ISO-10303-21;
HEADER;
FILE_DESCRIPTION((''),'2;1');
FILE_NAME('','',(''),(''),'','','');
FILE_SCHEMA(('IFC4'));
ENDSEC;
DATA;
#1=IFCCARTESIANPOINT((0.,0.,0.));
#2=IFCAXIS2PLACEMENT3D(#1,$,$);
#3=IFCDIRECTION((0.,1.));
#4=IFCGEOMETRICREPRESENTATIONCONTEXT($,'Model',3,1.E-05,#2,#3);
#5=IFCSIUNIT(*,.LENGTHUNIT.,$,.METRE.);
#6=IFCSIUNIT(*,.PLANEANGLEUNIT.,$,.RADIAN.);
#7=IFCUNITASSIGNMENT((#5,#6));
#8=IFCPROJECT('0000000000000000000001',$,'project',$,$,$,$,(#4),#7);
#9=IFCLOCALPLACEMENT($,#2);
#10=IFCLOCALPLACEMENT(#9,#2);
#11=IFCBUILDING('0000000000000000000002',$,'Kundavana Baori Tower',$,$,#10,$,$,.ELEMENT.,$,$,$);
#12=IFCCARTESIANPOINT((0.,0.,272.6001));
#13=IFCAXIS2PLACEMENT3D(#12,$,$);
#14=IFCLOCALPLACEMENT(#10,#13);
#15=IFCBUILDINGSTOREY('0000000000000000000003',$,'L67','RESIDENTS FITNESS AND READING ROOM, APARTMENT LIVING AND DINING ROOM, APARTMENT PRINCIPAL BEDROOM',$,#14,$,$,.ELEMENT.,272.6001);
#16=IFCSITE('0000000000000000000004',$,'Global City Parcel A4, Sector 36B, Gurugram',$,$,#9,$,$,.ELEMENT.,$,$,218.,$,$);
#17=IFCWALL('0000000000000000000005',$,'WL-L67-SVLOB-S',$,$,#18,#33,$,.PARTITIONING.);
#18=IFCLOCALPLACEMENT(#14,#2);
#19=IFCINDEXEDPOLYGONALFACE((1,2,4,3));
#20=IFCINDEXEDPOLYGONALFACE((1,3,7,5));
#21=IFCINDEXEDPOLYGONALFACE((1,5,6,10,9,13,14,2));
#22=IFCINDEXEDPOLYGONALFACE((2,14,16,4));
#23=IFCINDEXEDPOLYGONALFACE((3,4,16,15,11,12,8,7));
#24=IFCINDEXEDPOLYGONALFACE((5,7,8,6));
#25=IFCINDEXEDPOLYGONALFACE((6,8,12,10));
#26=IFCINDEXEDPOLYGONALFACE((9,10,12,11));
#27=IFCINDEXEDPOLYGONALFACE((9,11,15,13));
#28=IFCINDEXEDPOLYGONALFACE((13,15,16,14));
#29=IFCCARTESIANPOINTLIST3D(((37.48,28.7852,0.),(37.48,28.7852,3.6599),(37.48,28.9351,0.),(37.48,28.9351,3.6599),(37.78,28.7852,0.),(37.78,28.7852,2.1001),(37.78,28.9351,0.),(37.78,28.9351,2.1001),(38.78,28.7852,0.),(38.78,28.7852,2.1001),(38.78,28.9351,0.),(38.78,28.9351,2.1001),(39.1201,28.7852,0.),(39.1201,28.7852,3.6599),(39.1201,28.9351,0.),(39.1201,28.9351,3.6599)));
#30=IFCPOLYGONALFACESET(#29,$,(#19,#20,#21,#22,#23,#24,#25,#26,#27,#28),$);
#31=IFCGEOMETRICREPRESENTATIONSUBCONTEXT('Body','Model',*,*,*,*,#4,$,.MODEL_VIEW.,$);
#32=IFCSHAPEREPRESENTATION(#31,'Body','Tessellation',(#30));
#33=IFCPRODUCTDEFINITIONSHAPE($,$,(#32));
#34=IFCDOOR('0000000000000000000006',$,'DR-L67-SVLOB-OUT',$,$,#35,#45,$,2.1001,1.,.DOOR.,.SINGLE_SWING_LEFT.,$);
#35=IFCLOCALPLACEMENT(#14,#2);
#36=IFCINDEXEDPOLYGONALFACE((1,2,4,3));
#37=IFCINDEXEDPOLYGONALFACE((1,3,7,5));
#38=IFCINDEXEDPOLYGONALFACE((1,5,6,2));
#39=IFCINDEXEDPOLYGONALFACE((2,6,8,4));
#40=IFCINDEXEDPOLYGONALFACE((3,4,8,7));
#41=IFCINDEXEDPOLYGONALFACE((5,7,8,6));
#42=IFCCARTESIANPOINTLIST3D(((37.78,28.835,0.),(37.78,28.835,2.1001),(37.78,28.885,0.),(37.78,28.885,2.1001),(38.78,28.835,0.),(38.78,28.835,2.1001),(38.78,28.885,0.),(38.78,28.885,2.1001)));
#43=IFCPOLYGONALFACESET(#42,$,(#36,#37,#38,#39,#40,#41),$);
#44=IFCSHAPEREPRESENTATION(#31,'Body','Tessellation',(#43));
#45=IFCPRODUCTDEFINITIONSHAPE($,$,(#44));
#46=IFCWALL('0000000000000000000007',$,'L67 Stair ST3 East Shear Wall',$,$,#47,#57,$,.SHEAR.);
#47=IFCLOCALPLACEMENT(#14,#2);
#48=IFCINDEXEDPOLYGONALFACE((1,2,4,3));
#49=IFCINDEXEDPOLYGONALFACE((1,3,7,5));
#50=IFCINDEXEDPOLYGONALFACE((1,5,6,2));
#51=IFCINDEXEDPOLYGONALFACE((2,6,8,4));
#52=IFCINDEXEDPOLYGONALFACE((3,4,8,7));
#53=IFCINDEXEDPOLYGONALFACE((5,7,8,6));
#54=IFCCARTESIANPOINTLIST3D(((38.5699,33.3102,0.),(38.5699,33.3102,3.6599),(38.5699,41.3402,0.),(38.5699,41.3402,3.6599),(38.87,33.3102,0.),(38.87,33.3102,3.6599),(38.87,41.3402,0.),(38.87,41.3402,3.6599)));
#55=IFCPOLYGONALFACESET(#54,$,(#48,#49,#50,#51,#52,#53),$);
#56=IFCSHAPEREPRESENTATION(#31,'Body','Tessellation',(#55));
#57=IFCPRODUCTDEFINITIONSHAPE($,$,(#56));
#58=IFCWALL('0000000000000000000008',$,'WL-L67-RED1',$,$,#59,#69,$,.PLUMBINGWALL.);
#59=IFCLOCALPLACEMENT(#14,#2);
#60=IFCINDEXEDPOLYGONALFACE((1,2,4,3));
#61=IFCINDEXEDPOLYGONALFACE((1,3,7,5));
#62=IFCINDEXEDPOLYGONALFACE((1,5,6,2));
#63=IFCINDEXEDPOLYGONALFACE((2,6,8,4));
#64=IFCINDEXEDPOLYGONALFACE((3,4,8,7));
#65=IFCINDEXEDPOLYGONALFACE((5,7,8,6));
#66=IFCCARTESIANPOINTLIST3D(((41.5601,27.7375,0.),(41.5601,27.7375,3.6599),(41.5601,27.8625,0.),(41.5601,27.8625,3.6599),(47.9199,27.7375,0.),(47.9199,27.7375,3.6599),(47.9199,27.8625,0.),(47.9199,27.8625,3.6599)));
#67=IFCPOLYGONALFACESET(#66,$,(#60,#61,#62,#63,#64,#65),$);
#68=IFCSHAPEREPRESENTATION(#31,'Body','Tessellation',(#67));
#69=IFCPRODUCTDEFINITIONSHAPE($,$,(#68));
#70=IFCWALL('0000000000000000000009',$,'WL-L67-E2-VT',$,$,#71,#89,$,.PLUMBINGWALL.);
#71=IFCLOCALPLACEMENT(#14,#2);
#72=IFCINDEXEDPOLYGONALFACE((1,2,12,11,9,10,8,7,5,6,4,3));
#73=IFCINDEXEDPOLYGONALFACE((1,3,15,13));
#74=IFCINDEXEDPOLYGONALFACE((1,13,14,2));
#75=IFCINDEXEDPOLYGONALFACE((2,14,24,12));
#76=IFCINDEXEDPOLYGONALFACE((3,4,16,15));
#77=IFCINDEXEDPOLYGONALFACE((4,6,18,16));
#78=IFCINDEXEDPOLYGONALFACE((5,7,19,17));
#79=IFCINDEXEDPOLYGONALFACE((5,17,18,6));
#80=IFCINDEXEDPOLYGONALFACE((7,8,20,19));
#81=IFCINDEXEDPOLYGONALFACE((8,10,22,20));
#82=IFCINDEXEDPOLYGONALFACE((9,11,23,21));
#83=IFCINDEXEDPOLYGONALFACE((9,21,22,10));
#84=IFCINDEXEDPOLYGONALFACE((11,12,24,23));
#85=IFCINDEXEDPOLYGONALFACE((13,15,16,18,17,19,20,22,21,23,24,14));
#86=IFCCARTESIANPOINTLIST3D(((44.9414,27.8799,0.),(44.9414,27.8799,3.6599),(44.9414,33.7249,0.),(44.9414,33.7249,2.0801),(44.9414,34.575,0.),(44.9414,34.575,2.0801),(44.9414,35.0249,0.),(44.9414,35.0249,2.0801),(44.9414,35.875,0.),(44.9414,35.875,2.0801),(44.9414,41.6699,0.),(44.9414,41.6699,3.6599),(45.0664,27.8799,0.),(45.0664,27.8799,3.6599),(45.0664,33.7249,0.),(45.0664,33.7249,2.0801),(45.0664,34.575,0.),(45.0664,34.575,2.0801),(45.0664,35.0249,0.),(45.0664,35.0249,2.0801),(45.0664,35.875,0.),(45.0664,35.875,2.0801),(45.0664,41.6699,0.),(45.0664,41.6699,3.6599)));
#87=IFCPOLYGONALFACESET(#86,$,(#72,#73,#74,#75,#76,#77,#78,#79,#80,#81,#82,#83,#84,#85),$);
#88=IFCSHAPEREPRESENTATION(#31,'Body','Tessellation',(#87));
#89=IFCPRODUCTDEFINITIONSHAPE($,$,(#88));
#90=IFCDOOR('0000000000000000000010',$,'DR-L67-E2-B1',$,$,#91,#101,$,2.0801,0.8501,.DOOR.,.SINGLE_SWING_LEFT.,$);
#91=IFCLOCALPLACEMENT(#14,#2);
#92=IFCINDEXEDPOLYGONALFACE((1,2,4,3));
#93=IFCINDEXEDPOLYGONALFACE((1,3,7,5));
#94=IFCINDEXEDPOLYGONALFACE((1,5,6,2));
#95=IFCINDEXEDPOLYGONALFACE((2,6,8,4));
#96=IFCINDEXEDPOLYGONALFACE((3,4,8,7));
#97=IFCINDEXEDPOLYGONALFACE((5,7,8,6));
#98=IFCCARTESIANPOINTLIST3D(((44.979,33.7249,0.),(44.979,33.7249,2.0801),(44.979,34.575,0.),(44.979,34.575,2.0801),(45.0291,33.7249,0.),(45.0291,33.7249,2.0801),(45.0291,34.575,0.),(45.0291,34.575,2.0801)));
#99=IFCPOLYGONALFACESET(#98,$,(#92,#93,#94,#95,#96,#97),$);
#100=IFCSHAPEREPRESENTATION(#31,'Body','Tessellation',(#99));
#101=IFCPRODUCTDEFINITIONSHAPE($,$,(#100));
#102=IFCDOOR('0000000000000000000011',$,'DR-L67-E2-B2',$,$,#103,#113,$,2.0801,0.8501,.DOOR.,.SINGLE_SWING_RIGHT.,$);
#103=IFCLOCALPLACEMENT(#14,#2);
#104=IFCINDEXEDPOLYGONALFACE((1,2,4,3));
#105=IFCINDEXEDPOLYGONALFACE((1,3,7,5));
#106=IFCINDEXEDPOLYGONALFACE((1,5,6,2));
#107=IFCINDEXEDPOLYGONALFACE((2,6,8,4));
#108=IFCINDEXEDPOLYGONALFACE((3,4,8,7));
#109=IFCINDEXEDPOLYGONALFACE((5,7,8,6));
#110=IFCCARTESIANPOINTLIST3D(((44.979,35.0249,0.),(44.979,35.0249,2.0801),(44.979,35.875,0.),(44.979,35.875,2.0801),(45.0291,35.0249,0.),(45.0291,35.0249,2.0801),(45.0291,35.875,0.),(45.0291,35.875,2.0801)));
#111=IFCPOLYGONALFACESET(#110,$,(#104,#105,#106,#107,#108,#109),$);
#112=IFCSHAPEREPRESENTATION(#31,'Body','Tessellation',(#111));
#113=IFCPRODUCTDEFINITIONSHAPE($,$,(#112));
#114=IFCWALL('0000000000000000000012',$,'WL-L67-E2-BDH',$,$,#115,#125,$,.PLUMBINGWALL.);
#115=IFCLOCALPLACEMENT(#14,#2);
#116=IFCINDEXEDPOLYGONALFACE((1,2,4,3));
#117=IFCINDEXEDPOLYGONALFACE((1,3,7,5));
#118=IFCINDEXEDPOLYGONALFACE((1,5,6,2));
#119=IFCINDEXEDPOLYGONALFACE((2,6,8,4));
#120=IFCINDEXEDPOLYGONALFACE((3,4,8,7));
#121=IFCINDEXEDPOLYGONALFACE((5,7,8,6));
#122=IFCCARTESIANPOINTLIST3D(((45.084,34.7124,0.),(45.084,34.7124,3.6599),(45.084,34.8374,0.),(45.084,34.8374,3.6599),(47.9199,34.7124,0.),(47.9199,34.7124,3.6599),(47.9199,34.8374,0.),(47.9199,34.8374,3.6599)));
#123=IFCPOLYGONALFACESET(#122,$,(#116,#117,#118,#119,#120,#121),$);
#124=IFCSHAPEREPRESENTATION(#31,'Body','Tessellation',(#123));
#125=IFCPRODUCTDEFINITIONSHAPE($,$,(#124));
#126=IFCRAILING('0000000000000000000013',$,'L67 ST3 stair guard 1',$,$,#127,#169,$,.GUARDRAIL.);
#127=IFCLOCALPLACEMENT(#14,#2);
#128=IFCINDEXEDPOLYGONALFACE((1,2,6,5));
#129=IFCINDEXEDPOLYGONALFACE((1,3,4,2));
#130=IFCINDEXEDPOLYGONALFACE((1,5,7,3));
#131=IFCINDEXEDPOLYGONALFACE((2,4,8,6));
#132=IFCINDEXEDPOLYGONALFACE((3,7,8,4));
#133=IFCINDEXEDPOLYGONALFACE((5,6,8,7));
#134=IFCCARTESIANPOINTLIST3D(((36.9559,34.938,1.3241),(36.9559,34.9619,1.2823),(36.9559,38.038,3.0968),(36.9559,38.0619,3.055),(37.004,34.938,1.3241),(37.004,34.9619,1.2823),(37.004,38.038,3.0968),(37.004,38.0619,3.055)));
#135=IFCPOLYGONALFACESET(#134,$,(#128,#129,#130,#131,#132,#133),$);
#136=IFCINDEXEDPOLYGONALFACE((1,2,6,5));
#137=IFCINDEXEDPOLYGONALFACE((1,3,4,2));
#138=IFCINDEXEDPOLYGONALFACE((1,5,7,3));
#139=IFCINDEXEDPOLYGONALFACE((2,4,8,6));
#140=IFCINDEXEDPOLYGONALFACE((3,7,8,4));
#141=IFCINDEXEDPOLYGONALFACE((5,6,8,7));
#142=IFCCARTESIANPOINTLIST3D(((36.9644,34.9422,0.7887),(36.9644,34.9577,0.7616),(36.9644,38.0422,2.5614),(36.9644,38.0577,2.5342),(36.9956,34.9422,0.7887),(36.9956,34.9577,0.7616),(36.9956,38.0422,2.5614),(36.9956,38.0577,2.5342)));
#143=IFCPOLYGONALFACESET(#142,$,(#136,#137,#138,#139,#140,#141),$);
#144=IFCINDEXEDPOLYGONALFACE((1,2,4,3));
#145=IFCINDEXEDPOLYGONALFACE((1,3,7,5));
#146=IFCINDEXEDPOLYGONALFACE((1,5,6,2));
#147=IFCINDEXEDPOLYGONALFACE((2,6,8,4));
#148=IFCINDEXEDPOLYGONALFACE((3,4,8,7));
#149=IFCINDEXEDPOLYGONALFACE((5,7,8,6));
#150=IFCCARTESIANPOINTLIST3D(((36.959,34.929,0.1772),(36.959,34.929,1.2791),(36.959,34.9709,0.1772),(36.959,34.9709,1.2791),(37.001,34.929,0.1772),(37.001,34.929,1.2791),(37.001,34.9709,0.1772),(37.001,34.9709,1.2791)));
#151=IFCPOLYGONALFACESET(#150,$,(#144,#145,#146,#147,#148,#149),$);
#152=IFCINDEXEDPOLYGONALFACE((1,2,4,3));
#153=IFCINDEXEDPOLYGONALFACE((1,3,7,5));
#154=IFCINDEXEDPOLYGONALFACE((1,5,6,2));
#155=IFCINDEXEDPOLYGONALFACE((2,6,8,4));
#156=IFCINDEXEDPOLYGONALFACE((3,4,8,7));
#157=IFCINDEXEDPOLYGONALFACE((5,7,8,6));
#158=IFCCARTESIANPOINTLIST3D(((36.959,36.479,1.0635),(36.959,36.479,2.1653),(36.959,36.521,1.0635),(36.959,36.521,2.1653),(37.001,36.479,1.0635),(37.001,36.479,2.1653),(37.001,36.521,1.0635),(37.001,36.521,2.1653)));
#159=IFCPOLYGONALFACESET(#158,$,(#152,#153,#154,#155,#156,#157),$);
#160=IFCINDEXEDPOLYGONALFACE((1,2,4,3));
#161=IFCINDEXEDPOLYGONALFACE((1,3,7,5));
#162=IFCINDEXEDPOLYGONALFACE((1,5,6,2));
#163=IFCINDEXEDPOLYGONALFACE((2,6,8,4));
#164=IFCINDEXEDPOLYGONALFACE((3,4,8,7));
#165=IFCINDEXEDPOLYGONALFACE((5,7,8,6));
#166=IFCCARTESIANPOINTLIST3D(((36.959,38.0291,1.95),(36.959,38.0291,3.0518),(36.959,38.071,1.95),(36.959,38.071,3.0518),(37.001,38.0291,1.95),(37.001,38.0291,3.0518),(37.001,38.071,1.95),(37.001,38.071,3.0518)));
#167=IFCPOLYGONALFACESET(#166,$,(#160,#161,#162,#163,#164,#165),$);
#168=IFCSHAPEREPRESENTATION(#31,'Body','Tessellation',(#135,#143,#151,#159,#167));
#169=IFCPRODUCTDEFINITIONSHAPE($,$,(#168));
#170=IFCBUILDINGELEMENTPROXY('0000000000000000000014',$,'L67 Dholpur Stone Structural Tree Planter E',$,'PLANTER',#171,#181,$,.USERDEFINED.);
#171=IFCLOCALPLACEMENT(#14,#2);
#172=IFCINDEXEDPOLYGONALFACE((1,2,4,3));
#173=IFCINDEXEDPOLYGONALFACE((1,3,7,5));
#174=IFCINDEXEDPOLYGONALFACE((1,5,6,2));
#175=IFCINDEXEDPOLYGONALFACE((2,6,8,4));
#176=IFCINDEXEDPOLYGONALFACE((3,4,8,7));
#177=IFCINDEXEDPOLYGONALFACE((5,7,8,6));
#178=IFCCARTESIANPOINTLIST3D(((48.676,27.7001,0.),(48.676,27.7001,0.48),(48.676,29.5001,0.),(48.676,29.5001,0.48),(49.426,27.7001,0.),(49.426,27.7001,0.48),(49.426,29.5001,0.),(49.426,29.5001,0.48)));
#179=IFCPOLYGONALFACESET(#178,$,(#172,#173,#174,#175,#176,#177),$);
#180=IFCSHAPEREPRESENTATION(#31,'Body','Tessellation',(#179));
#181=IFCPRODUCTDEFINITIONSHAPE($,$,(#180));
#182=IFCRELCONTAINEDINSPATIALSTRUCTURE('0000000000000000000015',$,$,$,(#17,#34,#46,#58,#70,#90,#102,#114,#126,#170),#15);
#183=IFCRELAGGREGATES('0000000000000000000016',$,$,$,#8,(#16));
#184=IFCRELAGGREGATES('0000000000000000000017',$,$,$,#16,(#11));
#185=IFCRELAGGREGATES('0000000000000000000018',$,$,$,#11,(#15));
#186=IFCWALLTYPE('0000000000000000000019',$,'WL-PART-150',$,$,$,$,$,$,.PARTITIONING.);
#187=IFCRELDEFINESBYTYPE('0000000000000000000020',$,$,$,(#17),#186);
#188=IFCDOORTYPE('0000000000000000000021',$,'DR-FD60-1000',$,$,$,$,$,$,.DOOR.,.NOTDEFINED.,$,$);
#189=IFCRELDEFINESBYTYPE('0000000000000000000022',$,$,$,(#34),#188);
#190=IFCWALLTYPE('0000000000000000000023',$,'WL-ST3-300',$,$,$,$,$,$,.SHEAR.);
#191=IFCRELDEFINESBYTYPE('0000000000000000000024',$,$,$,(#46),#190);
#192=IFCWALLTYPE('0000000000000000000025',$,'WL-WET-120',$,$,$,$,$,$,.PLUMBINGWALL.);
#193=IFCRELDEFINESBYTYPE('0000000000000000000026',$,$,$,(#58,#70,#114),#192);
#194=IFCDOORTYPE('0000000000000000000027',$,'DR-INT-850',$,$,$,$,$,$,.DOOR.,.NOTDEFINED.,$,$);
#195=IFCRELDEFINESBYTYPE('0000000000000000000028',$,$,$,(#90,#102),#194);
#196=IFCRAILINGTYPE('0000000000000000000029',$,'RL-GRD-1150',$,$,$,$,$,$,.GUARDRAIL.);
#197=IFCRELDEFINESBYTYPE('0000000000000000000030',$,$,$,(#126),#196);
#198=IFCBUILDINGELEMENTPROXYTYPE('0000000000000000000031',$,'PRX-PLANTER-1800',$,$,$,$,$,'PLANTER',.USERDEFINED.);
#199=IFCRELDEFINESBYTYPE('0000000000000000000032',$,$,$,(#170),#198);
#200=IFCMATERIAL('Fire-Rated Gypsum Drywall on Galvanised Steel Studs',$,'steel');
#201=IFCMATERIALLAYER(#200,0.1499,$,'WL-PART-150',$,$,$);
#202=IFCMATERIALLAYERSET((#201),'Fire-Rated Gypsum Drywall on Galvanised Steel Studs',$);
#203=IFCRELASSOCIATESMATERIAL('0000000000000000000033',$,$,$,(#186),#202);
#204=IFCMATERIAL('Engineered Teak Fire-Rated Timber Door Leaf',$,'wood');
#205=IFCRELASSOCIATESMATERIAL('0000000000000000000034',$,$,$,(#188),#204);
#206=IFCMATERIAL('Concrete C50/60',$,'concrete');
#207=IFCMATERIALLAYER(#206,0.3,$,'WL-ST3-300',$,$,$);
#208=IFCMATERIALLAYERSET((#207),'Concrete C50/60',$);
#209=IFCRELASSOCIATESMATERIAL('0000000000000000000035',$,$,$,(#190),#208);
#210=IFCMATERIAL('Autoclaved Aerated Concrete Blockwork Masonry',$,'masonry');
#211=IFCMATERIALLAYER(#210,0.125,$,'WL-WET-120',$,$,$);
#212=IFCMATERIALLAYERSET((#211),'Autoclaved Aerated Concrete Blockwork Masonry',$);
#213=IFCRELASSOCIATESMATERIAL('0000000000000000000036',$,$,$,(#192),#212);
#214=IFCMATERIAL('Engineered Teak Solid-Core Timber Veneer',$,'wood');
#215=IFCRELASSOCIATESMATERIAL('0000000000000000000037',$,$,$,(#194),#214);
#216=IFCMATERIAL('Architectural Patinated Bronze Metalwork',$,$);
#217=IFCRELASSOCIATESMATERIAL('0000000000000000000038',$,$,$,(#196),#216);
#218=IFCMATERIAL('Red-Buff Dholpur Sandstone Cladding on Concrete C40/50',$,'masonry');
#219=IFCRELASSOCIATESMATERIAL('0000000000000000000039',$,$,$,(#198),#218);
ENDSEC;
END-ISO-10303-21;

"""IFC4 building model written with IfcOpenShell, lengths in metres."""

from ifc_helpers import new_model, si_unit, direction, frame, frame_2d, origin, origin_2d, place, context, subcontext, project, spatial, rectangle, extrude, material, layer, layer_set, type_object, element, fill, save


model = new_model("IFC4")

# Units and contexts
model_context = context("Model", 3, precision=1e-05, world=origin(), true_north=direction((0.0, 1.0)))
body_context = subcontext(model_context, "Body", "Model", "MODEL_VIEW")
ifc_project = project(units=[si_unit("LENGTHUNIT", "METRE"), si_unit("PLANEANGLEUNIT", "RADIAN")], contexts=[model_context])

# Site, building, storey
site_placement = place(None, origin())
site = spatial("IfcSite", under=ifc_project, at=site_placement, Name="Global City Parcel A4, Sector 36B, Gurugram", CompositionType="ELEMENT", RefElevation=218.0)
building_placement = place(site_placement, origin())
building = spatial("IfcBuilding", under=site, at=building_placement, Name="Kundavana Baori Tower", CompositionType="ELEMENT")
storey_placement = place(building_placement, frame((0.0, 0.0, 272.6001)))
storey = spatial("IfcBuildingStorey", under=building, at=storey_placement, Name="L67", Description="RESIDENTS FITNESS AND READING ROOM, APARTMENT LIVING AND DINING ROOM, APARTMENT PRINCIPAL BEDROOM", CompositionType="ELEMENT", Elevation=272.6001)

# Shared definitions
ifc_material_1 = material(Name="Fire-Rated Gypsum Drywall on Galvanised Steel Studs", Category="steel")
ifc_layer_1 = layer(ifc_material_1, 0.1499, Name="WL-PART-150")
ifc_layer_set_1 = layer_set([ifc_layer_1], Name="Fire-Rated Gypsum Drywall on Galvanised Steel Studs")
wall_type_1 = type_object("IfcWallType", Name="WL-PART-150", PredefinedType="PARTITIONING", material=ifc_layer_set_1)

# Wall, opening, door
wall_1_placement = place(storey_placement, frame((37.48, 28.8601, 0.0), z_axis=(0.0, 0.0, 1.0), x_axis=(1.0, 0.0, 0.0)))
wall_1 = element("IfcWall", 1, at=wall_1_placement, inside=storey, type_object=wall_type_1, Name="WL-L67-SVLOB-S", PredefinedType="PARTITIONING", context=body_context, shape_type="SweptSolid", body=[
    extrude(rectangle(XDim=1.6401, YDim=0.1499, at=frame_2d((0.8201, 0.0))), origin(), (0.0, 0.0, 1.0), 3.6599),
])
opening_1_placement = place(wall_1_placement, frame((0.3, 0.0, 0.0)))
opening_1 = element("IfcOpeningElement", 2, at=opening_1_placement, cuts=wall_1, PredefinedType="OPENING", context=body_context, shape_type="SweptSolid", body=[
    extrude(rectangle(XDim=1.0, YDim=2.1001, at=frame_2d((0.5, 1.05))), frame((0.0, 0.085, 0.0), z_axis=(0.0, -1.0, 0.0), x_axis=(1.0, 0.0, 0.0)), (0.0, 0.0, 1.0), 0.1699),
])
ifc_material_2 = material(Name="Engineered Teak Fire-Rated Timber Door Leaf", Category="wood")
door_type_1 = type_object("IfcDoorType", Name="DR-FD60-1000", OperationType="NOTDEFINED", PredefinedType="DOOR", material=ifc_material_2)
door_1_placement = place(opening_1_placement, origin())
door_1 = element("IfcDoor", 3, at=door_1_placement, inside=storey, type_object=door_type_1, Name="DR-L67-SVLOB-OUT", OperationType="SINGLE_SWING_LEFT", OverallHeight=2.1001, OverallWidth=1.0, PredefinedType="DOOR", context=body_context, shape_type="SweptSolid", body=[
    extrude(rectangle(XDim=1.0, YDim=2.1001, at=frame_2d((0.5, 1.05))), frame((0.0, 0.0249, 0.0), z_axis=(0.0, -1.0, 0.0), x_axis=(1.0, 0.0, 0.0)), (0.0, 0.0, 1.0), 0.05),
])
fill(opening_1, door_1)

# Walls
ifc_material_3 = material(Name="Concrete C50/60", Category="concrete")
ifc_layer_2 = layer(ifc_material_3, 0.3, Name="WL-ST3-300")
ifc_layer_set_2 = layer_set([ifc_layer_2], Name="Concrete C50/60")
wall_type_2 = type_object("IfcWallType", Name="WL-ST3-300", PredefinedType="SHEAR", material=ifc_layer_set_2)
wall_2_placement = place(storey_placement, frame((38.72, 33.3101, 0.0), z_axis=(0.0, 0.0, 1.0), x_axis=(0.0, 1.0, 0.0)))
element("IfcWall", 4, at=wall_2_placement, inside=storey, type_object=wall_type_2, Name="L67 Stair ST3 East Shear Wall", PredefinedType="SHEAR", context=body_context, shape_type="SweptSolid", body=[
    extrude(rectangle(XDim=8.03, YDim=0.3, at=frame_2d((4.0151, 0.0))), origin(), (0.0, 0.0, 1.0), 3.6599),
])
ifc_material_4 = material(Name="Autoclaved Aerated Concrete Blockwork Masonry", Category="masonry")
ifc_layer_3 = layer(ifc_material_4, 0.125, Name="WL-WET-120")
ifc_layer_set_3 = layer_set([ifc_layer_3], Name="Autoclaved Aerated Concrete Blockwork Masonry")
wall_type_3 = type_object("IfcWallType", Name="WL-WET-120", PredefinedType="PLUMBINGWALL", material=ifc_layer_set_3)
wall_3_placement = place(storey_placement, frame((41.5601, 27.8, 0.0), z_axis=(0.0, 0.0, 1.0), x_axis=(1.0, 0.0, 0.0)))
element("IfcWall", 5, at=wall_3_placement, inside=storey, type_object=wall_type_3, Name="WL-L67-RED1", PredefinedType="PLUMBINGWALL", context=body_context, shape_type="SweptSolid", body=[
    extrude(rectangle(XDim=6.3599, YDim=0.125, at=frame_2d((3.1799, 0.0))), origin(), (0.0, 0.0, 1.0), 3.6599),
])

# Wall, openings, doors
wall_4_placement = place(storey_placement, frame((45.0039, 27.8799, 0.0), z_axis=(0.0, 0.0, 1.0), x_axis=(0.0, 1.0, 0.0)))
wall_4 = element("IfcWall", 6, at=wall_4_placement, inside=storey, type_object=wall_type_3, Name="WL-L67-E2-VT", PredefinedType="PLUMBINGWALL", context=body_context, shape_type="SweptSolid", body=[
    extrude(rectangle(XDim=13.79, YDim=0.125, at=frame_2d((6.895, 0.0))), origin(), (0.0, 0.0, 1.0), 3.6599),
])
opening_2_placement = place(wall_4_placement, frame((5.845, 0.0, 0.0)))
opening_2 = element("IfcOpeningElement", 7, at=opening_2_placement, cuts=wall_4, PredefinedType="OPENING", context=body_context, shape_type="SweptSolid", body=[
    extrude(rectangle(XDim=0.8501, YDim=2.0801, at=frame_2d((0.425, 1.04))), frame((0.0, 0.0725, 0.0), z_axis=(0.0, -1.0, 0.0), x_axis=(1.0, 0.0, 0.0)), (0.0, 0.0, 1.0), 0.145),
])
opening_3_placement = place(wall_4_placement, frame((7.145, 0.0, 0.0)))
opening_3 = element("IfcOpeningElement", 8, at=opening_3_placement, cuts=wall_4, PredefinedType="OPENING", context=body_context, shape_type="SweptSolid", body=[
    extrude(rectangle(XDim=0.8501, YDim=2.0801, at=frame_2d((0.425, 1.04))), frame((0.0, 0.0725, 0.0), z_axis=(0.0, -1.0, 0.0), x_axis=(1.0, 0.0, 0.0)), (0.0, 0.0, 1.0), 0.145),
])
ifc_material_5 = material(Name="Engineered Teak Solid-Core Timber Veneer", Category="wood")
door_type_2 = type_object("IfcDoorType", Name="DR-INT-850", OperationType="NOTDEFINED", PredefinedType="DOOR", material=ifc_material_5)
door_2_placement = place(opening_2_placement, origin())
door_2 = element("IfcDoor", 9, at=door_2_placement, inside=storey, type_object=door_type_2, Name="DR-L67-E2-B1", OperationType="SINGLE_SWING_LEFT", OverallHeight=2.0801, OverallWidth=0.8501, PredefinedType="DOOR", context=body_context, shape_type="SweptSolid", body=[
    extrude(rectangle(XDim=0.8501, YDim=2.0801, at=frame_2d((0.425, 1.04))), frame((0.0, 0.0249, 0.0), z_axis=(0.0, -1.0, 0.0), x_axis=(1.0, 0.0, 0.0)), (0.0, 0.0, 1.0), 0.05),
])
fill(opening_2, door_2)
door_3_placement = place(opening_3_placement, origin())
door_3 = element("IfcDoor", 10, at=door_3_placement, inside=storey, type_object=door_type_2, Name="DR-L67-E2-B2", OperationType="SINGLE_SWING_RIGHT", OverallHeight=2.0801, OverallWidth=0.8501, PredefinedType="DOOR", context=body_context, shape_type="SweptSolid", body=[
    extrude(rectangle(XDim=0.8501, YDim=2.0801, at=frame_2d((0.425, 1.04))), frame((0.0, 0.0249, 0.0), z_axis=(0.0, -1.0, 0.0), x_axis=(1.0, 0.0, 0.0)), (0.0, 0.0, 1.0), 0.05),
])
fill(opening_3, door_3)

# Wall
wall_5_placement = place(storey_placement, frame((45.084, 34.7749, 0.0), z_axis=(0.0, 0.0, 1.0), x_axis=(1.0, 0.0, 0.0)))
element("IfcWall", 11, at=wall_5_placement, inside=storey, type_object=wall_type_3, Name="WL-L67-E2-BDH", PredefinedType="PLUMBINGWALL", context=body_context, shape_type="SweptSolid", body=[
    extrude(rectangle(XDim=2.8359, YDim=0.125, at=frame_2d((1.418, 0.0))), origin(), (0.0, 0.0, 1.0), 3.6599),
])

# Railing
ifc_material_6 = material(Name="Architectural Patinated Bronze Metalwork")
railing_type = type_object("IfcRailingType", Name="RL-GRD-1150", PredefinedType="GUARDRAIL", material=ifc_material_6)
railing_placement = place(storey_placement, frame((36.98, 34.95, 0.1772)))
element("IfcRailing", 12, at=railing_placement, inside=storey, type_object=railing_type, Name="L67 ST3 stair guard 1", PredefinedType="GUARDRAIL", context=body_context, shape_type="SweptSolid", body=[
    extrude(rectangle(XDim=0.0481, YDim=0.0481, at=origin_2d()), frame((0.0, 0.0, 1.126), z_axis=(0.0, 0.868096, 0.496397), x_axis=(-1.0, 0.0, 0.0)), (0.0, 0.0, 1.0), 3.571),
    extrude(rectangle(XDim=0.0312, YDim=0.0312, at=origin_2d()), frame((0.0, 0.0, 0.5979), z_axis=(0.0, 0.868096, 0.496397), x_axis=(-1.0, 0.0, 0.0)), (0.0, 0.0, 1.0), 3.571),
    extrude(rectangle(XDim=0.042, YDim=0.042, at=origin_2d()), origin(), (0.0, 0.0, 1.0), 1.1018),
    extrude(rectangle(XDim=0.042, YDim=0.042, at=origin_2d()), frame((0.0, 1.55, 0.8862)), (0.0, 0.0, 1.0), 1.1018),
    extrude(rectangle(XDim=0.042, YDim=0.042, at=origin_2d()), frame((0.0, 3.1001, 1.7727)), (0.0, 0.0, 1.0), 1.1018),
])

# Building element proxy
ifc_material_7 = material(Name="Red-Buff Dholpur Sandstone Cladding on Concrete C40/50", Category="masonry")
building_element_proxy_type = type_object("IfcBuildingElementProxyType", Name="PRX-PLANTER-1800", ElementType="PLANTER", PredefinedType="USERDEFINED", material=ifc_material_7)
proxy_placement = place(storey_placement, frame((49.051, 28.6001, 0.0), z_axis=(0.0, 0.0, 1.0), x_axis=(0.0, 1.0, 0.0)))
element("IfcBuildingElementProxy", 13, at=proxy_placement, inside=storey, type_object=building_element_proxy_type, Name="L67 Dholpur Stone Structural Tree Planter E", ObjectType="PLANTER", PredefinedType="USERDEFINED", context=body_context, shape_type="SweptSolid", body=[
    extrude(rectangle(XDim=1.8, YDim=0.75, at=origin_2d()), origin(), (0.0, 0.0, 1.0), 0.48),
])

save(model, "model.ifc")
